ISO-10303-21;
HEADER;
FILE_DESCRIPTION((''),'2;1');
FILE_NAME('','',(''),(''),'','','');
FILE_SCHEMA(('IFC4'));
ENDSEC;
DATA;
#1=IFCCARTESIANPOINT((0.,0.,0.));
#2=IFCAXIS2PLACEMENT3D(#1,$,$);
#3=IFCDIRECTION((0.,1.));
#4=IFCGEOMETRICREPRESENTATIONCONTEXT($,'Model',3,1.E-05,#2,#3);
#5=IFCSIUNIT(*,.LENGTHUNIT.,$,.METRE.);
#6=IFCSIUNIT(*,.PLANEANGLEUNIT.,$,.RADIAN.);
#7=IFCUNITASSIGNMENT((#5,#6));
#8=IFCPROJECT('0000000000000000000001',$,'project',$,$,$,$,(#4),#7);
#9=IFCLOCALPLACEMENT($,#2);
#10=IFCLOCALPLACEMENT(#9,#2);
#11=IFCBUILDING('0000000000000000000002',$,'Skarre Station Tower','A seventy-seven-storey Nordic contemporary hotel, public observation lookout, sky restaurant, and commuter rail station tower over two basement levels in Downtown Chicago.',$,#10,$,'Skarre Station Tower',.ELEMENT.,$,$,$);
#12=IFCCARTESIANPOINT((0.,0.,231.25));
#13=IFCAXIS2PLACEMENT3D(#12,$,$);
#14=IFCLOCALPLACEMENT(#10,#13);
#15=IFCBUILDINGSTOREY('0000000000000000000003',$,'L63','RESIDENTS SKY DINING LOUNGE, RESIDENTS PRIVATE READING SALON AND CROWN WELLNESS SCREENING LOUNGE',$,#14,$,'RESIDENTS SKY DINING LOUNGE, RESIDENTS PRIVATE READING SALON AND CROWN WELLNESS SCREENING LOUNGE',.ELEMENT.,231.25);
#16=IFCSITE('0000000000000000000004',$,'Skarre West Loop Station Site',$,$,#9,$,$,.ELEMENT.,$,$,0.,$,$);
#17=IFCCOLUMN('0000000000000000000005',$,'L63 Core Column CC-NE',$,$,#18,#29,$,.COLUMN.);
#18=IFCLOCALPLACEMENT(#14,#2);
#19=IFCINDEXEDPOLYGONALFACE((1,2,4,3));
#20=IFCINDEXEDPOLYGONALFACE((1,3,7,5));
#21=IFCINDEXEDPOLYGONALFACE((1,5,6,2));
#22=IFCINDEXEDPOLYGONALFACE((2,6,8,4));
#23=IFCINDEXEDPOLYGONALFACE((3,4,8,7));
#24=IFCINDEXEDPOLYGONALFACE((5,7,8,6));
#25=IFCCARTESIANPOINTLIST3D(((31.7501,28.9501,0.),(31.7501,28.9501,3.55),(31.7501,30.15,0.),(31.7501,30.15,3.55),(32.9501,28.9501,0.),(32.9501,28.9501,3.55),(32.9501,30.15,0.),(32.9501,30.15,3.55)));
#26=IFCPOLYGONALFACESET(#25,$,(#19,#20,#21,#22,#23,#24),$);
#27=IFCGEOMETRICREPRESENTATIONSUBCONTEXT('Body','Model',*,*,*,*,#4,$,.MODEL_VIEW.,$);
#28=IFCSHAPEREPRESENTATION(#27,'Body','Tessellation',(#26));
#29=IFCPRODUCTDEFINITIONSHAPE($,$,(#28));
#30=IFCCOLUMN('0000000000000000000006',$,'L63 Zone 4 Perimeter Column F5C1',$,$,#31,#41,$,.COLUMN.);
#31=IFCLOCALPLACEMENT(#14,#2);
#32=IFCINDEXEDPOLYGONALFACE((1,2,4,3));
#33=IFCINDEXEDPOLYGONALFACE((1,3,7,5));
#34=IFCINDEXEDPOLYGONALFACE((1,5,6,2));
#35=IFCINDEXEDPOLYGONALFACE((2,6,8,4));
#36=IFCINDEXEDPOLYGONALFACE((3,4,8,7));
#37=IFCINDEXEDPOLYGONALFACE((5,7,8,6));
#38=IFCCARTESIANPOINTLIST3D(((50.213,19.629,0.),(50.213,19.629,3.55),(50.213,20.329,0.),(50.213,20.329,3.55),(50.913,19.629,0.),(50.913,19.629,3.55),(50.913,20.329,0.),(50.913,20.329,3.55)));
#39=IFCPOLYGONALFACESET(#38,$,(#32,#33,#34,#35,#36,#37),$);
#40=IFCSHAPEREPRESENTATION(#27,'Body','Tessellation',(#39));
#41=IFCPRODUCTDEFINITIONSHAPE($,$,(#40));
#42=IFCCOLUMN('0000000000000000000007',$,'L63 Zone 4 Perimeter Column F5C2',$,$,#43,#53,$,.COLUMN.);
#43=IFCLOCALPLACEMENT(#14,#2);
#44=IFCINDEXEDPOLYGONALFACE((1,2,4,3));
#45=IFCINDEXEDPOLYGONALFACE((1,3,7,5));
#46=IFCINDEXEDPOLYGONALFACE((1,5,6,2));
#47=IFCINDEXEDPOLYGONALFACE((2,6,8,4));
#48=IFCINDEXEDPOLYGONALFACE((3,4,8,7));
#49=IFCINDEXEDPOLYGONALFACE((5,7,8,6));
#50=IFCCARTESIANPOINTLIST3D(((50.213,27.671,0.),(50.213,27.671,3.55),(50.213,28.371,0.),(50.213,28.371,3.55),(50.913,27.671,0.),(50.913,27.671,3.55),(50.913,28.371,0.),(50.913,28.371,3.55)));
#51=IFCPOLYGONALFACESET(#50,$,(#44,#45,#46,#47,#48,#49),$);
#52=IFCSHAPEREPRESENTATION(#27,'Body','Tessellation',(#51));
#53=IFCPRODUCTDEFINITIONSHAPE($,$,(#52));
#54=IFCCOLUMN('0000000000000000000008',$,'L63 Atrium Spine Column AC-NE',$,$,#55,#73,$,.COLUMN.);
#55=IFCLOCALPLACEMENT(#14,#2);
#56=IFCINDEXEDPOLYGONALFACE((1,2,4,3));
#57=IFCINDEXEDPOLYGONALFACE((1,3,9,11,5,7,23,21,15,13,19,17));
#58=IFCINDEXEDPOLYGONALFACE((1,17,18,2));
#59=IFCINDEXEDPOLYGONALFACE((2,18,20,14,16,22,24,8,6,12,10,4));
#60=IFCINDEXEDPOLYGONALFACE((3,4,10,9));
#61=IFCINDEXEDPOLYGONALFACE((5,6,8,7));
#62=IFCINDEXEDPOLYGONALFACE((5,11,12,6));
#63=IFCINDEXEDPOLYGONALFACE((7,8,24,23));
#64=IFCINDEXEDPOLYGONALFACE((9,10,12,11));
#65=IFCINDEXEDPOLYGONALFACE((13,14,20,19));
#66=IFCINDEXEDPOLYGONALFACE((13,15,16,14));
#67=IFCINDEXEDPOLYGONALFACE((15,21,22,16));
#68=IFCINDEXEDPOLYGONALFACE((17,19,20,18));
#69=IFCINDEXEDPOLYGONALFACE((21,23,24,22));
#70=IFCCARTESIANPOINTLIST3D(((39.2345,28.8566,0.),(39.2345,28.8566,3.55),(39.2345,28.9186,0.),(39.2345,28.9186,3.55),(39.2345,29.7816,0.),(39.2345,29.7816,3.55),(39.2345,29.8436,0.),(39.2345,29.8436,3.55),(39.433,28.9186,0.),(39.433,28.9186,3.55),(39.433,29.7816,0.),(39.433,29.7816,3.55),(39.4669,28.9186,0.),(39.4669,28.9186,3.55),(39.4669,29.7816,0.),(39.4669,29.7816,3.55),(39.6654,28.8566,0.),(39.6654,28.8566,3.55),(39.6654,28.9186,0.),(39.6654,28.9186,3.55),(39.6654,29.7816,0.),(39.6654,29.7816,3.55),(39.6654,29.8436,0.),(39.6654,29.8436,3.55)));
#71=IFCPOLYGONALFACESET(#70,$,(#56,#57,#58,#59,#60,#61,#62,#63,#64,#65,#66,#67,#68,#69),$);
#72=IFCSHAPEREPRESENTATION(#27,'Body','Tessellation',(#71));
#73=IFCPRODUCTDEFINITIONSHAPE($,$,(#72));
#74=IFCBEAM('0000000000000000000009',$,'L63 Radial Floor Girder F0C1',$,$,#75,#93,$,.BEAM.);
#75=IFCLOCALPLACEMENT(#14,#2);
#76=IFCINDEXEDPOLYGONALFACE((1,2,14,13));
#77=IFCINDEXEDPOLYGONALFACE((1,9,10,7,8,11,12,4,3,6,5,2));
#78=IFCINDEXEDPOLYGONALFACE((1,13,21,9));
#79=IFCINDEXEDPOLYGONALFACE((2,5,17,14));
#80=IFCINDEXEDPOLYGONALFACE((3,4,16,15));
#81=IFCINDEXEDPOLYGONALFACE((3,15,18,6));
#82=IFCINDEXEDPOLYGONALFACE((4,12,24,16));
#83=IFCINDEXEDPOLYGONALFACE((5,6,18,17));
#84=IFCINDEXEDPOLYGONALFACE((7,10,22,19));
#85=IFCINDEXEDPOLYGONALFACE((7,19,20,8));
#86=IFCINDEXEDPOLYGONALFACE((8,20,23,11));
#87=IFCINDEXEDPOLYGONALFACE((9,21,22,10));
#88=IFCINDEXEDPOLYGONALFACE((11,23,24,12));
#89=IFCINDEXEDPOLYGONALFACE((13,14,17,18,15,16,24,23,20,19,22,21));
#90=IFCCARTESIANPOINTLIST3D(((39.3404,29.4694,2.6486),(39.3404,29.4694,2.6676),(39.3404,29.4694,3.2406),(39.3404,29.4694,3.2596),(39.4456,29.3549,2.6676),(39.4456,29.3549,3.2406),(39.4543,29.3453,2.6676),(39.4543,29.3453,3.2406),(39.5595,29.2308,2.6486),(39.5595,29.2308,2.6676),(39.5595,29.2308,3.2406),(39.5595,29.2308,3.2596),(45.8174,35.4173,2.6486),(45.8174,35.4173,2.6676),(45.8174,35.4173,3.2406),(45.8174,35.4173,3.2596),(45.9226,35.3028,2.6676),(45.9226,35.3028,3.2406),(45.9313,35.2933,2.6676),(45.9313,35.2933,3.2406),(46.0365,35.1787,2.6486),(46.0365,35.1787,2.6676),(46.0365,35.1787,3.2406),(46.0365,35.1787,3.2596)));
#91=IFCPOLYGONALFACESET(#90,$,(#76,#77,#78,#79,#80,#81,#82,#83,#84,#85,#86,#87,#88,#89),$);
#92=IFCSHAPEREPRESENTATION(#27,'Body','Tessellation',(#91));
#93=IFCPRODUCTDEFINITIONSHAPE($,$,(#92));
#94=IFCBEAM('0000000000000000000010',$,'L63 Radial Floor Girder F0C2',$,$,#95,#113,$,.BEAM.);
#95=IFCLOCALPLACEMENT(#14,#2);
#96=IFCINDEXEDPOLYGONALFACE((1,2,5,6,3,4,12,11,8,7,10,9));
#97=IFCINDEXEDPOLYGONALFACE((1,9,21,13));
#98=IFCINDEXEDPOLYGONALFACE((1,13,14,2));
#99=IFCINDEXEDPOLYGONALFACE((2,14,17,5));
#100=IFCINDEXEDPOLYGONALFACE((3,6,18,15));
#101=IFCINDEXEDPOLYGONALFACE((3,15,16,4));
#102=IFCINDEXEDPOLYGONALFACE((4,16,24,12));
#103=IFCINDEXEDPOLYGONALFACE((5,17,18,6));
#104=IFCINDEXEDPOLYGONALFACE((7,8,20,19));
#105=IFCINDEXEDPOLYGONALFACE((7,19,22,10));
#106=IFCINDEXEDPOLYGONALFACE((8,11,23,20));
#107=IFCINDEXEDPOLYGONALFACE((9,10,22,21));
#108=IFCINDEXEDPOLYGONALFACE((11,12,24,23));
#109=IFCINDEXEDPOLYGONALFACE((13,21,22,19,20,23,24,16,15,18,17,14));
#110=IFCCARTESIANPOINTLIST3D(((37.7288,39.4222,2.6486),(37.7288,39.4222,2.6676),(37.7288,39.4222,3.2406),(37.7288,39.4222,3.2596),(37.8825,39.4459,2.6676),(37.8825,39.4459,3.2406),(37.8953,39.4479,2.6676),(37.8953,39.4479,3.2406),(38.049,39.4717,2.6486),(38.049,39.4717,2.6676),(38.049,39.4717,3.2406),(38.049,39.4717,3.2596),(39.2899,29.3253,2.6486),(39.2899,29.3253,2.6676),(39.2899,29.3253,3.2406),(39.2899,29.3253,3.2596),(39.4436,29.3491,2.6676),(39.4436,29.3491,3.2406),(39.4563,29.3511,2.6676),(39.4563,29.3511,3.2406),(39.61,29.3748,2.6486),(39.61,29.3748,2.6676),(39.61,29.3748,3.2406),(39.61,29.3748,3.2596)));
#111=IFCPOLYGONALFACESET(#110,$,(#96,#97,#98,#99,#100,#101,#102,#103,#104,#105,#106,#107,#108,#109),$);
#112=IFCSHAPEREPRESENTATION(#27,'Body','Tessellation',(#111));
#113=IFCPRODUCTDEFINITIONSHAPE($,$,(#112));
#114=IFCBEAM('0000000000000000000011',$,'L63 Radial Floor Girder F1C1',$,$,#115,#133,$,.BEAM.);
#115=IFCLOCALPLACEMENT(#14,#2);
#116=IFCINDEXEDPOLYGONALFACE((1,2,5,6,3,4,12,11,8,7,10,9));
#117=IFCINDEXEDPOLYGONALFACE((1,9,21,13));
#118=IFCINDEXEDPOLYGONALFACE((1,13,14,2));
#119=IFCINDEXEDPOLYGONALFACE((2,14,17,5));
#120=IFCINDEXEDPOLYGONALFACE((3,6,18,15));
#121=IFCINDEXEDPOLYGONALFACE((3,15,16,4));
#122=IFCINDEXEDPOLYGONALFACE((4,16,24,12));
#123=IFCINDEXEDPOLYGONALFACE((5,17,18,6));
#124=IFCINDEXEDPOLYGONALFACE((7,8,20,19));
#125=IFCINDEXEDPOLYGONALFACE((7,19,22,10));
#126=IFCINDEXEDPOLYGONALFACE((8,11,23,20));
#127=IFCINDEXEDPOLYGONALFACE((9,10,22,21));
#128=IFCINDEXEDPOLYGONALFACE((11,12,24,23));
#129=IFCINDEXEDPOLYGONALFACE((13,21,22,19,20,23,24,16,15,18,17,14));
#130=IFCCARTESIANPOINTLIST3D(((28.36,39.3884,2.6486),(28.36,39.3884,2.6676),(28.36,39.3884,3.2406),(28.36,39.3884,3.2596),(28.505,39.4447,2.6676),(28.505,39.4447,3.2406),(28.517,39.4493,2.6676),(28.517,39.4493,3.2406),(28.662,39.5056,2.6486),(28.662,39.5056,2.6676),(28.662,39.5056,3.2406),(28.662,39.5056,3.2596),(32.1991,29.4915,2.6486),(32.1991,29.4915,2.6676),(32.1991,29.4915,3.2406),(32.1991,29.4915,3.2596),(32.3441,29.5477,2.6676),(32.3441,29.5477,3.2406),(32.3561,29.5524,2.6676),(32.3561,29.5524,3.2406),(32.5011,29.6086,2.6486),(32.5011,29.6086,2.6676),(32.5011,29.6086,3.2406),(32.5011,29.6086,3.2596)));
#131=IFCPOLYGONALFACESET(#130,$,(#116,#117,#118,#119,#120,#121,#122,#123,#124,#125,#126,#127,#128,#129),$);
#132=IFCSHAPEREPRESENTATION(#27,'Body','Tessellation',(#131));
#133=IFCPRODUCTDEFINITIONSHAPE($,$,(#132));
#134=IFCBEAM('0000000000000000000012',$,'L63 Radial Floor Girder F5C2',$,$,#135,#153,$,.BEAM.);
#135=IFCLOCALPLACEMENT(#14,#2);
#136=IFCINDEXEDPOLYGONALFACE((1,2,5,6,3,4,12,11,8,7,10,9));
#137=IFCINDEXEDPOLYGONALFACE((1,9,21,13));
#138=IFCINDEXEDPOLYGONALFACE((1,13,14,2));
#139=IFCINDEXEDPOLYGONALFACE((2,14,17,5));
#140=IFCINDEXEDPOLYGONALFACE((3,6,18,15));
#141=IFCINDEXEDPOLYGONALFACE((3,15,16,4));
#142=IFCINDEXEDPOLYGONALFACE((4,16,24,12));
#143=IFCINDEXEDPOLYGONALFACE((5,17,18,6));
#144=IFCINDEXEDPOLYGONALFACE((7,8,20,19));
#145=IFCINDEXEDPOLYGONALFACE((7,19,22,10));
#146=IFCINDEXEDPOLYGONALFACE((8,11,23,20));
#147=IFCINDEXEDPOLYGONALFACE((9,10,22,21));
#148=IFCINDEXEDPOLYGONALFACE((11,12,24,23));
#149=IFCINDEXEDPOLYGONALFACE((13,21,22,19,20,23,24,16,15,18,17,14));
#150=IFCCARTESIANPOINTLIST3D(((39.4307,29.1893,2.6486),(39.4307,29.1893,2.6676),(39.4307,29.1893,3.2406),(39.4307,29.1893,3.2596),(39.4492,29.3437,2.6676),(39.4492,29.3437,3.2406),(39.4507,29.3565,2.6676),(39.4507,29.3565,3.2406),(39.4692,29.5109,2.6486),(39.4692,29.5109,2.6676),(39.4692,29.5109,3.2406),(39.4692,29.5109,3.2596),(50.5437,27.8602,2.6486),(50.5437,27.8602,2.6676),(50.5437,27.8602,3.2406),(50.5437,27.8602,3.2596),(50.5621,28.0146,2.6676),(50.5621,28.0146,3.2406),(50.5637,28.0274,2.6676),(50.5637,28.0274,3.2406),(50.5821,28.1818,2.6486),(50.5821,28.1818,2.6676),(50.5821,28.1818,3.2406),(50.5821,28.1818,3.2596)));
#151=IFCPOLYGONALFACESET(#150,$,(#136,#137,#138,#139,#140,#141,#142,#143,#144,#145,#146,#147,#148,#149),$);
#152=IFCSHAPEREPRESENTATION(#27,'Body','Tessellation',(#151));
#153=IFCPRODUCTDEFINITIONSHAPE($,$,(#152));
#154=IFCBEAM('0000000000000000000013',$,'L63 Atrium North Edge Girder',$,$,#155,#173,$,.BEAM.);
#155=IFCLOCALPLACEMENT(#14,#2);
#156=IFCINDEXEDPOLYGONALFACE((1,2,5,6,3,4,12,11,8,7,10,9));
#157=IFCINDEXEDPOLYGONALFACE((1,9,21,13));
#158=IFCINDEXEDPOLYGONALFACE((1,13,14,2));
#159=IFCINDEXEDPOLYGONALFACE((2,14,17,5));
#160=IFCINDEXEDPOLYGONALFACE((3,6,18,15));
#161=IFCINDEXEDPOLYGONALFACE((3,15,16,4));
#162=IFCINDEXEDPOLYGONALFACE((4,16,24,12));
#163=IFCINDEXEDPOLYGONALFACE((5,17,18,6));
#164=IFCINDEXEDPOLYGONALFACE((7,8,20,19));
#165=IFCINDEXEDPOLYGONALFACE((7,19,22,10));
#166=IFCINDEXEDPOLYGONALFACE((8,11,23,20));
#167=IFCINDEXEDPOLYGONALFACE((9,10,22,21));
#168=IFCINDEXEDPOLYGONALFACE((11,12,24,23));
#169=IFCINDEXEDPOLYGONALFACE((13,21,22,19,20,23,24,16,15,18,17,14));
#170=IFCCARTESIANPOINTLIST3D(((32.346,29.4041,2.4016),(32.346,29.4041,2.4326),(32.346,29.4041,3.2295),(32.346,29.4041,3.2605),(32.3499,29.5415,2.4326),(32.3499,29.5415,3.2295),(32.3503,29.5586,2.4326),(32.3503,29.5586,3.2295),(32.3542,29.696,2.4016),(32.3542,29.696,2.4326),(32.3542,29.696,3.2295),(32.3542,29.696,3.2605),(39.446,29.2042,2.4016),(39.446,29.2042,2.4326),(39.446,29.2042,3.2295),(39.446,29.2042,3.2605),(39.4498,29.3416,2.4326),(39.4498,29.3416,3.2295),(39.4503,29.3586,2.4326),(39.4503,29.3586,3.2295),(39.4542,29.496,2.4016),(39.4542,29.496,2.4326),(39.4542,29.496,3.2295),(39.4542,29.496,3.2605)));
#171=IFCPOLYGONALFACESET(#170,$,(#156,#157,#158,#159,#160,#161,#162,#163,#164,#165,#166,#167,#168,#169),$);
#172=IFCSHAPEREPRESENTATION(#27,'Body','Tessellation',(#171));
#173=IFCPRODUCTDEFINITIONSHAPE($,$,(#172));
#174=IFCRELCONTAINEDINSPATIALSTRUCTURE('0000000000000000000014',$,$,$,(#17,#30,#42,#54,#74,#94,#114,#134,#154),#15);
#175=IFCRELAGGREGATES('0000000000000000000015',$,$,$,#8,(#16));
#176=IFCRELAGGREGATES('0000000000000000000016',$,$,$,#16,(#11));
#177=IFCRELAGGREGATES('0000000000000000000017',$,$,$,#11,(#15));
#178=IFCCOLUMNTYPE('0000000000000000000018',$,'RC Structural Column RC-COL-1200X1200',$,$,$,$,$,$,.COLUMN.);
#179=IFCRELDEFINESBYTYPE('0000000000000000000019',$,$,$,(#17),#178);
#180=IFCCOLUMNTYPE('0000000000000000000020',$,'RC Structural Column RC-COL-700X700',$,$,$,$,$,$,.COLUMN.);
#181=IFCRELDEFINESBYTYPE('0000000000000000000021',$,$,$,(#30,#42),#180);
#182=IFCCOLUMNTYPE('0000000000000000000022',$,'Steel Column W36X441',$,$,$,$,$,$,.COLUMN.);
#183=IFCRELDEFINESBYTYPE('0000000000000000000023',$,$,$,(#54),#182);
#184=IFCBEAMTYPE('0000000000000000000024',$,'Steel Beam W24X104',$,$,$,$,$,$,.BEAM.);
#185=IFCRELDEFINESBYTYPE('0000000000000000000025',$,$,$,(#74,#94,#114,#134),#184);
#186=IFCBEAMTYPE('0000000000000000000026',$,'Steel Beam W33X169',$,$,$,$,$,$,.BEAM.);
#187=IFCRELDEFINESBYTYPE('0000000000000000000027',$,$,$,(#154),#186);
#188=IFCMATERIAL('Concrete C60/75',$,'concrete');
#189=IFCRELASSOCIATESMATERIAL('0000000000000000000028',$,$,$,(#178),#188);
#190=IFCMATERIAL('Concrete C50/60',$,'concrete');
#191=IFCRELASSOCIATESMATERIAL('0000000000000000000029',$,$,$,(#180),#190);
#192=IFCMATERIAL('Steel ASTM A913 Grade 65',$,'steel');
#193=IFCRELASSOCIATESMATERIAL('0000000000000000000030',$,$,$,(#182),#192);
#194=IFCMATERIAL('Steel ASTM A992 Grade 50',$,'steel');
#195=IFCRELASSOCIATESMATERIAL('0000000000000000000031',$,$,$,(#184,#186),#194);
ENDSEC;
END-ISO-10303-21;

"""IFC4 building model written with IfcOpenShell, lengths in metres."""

from ifc_helpers import new_model, si_unit, direction, frame, origin, origin_2d, place, context, subcontext, project, spatial, rectangle, i_section, extrude, material, material_profile, profile_set, type_object, element, save


model = new_model("IFC4")

# Units and contexts
model_context = context("Model", 3, precision=1e-05, world=origin(), true_north=direction((0.0, 1.0)))
body_context = subcontext(model_context, "Body", "Model", "MODEL_VIEW")
ifc_project = project(units=[si_unit("LENGTHUNIT", "METRE"), si_unit("PLANEANGLEUNIT", "RADIAN")], contexts=[model_context])

# Site, building, storey
site_placement = place(None, origin())
site = spatial("IfcSite", under=ifc_project, at=site_placement, Name="Skarre West Loop Station Site", CompositionType="ELEMENT", RefElevation=0.0)
building_placement = place(site_placement, origin())
building = spatial("IfcBuilding", under=site, at=building_placement, Name="Skarre Station Tower", Description="A seventy-seven-storey Nordic contemporary hotel, public observation lookout, sky restaurant, and commuter rail station tower over two basement levels in Downtown Chicago.", LongName="Skarre Station Tower", CompositionType="ELEMENT")
storey_placement = place(building_placement, frame((0.0, 0.0, 231.25)))
storey = spatial("IfcBuildingStorey", under=building, at=storey_placement, Name="L63", Description="RESIDENTS SKY DINING LOUNGE, RESIDENTS PRIVATE READING SALON AND CROWN WELLNESS SCREENING LOUNGE", LongName="RESIDENTS SKY DINING LOUNGE, RESIDENTS PRIVATE READING SALON AND CROWN WELLNESS SCREENING LOUNGE", CompositionType="ELEMENT", Elevation=231.25)

# Columns
ifc_material_1 = material(Name="Concrete C60/75", Category="concrete")
ifc_material_profile_1 = material_profile(ifc_material_1, rectangle(XDim=1.2, YDim=1.2, at=origin_2d()), Name="Concrete C60/75")
ifc_profile_set_1 = profile_set([ifc_material_profile_1], Name="Concrete C60/75")
column_type_1 = type_object("IfcColumnType", Name="RC Structural Column RC-COL-1200X1200", PredefinedType="COLUMN", material=ifc_profile_set_1)
column_1_placement = place(storey_placement, frame((32.3501, 29.55, 0.0), z_axis=(0.0, 0.0, 1.0), x_axis=(1.0, 0.0, 0.0)))
element("IfcColumn", 1, at=column_1_placement, inside=storey, type_object=column_type_1, Name="L63 Core Column CC-NE", PredefinedType="COLUMN", context=body_context, shape_type="SweptSolid", body=[
    extrude(rectangle(XDim=1.2, YDim=1.2, at=origin_2d()), origin(), (0.0, 0.0, 1.0), 3.55),
])
ifc_material_2 = material(Name="Concrete C50/60", Category="concrete")
ifc_material_profile_2 = material_profile(ifc_material_2, rectangle(XDim=0.7, YDim=0.7, at=origin_2d()), Name="Concrete C50/60")
ifc_profile_set_2 = profile_set([ifc_material_profile_2], Name="Concrete C50/60")
column_type_2 = type_object("IfcColumnType", Name="RC Structural Column RC-COL-700X700", PredefinedType="COLUMN", material=ifc_profile_set_2)
for number, where, z_axis, x_axis, name in (
    (2, (50.563, 19.979, 0.0), (0.0, 0.0, 1.0), (1.0, 0.0, 0.0), "L63 Zone 4 Perimeter Column F5C1"),
    (3, (50.563, 28.021, 0.0), (0.0, 0.0, 1.0), (1.0, 0.0, 0.0), "L63 Zone 4 Perimeter Column F5C2"),
):
    element("IfcColumn", number, at=place(storey_placement, frame(where, z_axis=z_axis, x_axis=x_axis)), inside=storey, type_object=column_type_2, Name=name, PredefinedType="COLUMN", context=body_context, shape_type="SweptSolid", body=[
        extrude(rectangle(XDim=0.7, YDim=0.7, at=origin_2d()), origin(), (0.0, 0.0, 1.0), 3.55),
    ])
ifc_material_3 = material(Name="Steel ASTM A913 Grade 65", Category="steel")
ifc_material_profile_3 = material_profile(ifc_material_3, i_section(OverallWidth=0.4309, OverallDepth=0.9871, WebThickness=0.0339, FlangeThickness=0.062, at=origin_2d()), Name="Steel ASTM A913 Grade 65")
ifc_profile_set_3 = profile_set([ifc_material_profile_3], Name="Steel ASTM A913 Grade 65")
column_type_3 = type_object("IfcColumnType", Name="Steel Column W36X441", PredefinedType="COLUMN", material=ifc_profile_set_3)
column_2_placement = place(storey_placement, frame((39.45, 29.3501, 0.0), z_axis=(0.0, 0.0, 1.0), x_axis=(1.0, 0.0, 0.0)))
element("IfcColumn", 4, at=column_2_placement, inside=storey, type_object=column_type_3, Name="L63 Atrium Spine Column AC-NE", PredefinedType="COLUMN", context=body_context, shape_type="SweptSolid", body=[
    extrude(i_section(OverallWidth=0.4309, OverallDepth=0.9871, WebThickness=0.0339, FlangeThickness=0.062, at=origin_2d()), origin(), (0.0, 0.0, 1.0), 3.55),
])

# Beams
ifc_material_4 = material(Name="Steel ASTM A992 Grade 50", Category="steel")
ifc_material_profile_4 = material_profile(ifc_material_4, i_section(OverallWidth=0.324, OverallDepth=0.6111, WebThickness=0.0129, FlangeThickness=0.019, at=origin_2d()), Name="Steel ASTM A992 Grade 50")
ifc_profile_set_4 = profile_set([ifc_material_profile_4], Name="Steel ASTM A992 Grade 50")
beam_type_1 = type_object("IfcBeamType", Name="Steel Beam W24X104", PredefinedType="BEAM", material=ifc_profile_set_4)
beam_1_placement = place(storey_placement, frame((39.45, 29.3501, 2.9541), z_axis=(0.736548, 0.676386, 0.0), x_axis=(-0.676386, 0.736548, 0.0)))
element("IfcBeam", 5, at=beam_1_placement, inside=storey, type_object=beam_type_1, Name="L63 Radial Floor Girder F0C1", PredefinedType="BEAM", context=body_context, shape_type="SweptSolid", body=[
    extrude(i_section(OverallWidth=0.324, OverallDepth=0.6111, WebThickness=0.0129, FlangeThickness=0.019, at=origin_2d()), origin(), (0.0, 0.0, 1.0), 8.7937),
])
beam_2_placement = place(storey_placement, frame((39.45, 29.3501, 2.9541), z_axis=(-0.15279, 0.988259, 0.0), x_axis=(-0.988259, -0.15279, 0.0)))
element("IfcBeam", 6, at=beam_2_placement, inside=storey, type_object=beam_type_1, Name="L63 Radial Floor Girder F0C2", PredefinedType="BEAM", context=body_context, shape_type="SweptSolid", body=[
    extrude(i_section(OverallWidth=0.324, OverallDepth=0.6111, WebThickness=0.0129, FlangeThickness=0.019, at=origin_2d()), origin(), (0.0, 0.0, 1.0), 10.2168),
])
beam_3_placement = place(storey_placement, frame((32.3501, 29.55, 2.9541), z_axis=(-0.361651, 0.932313, 0.0), x_axis=(-0.932313, -0.361651, 0.0)))
element("IfcBeam", 7, at=beam_3_placement, inside=storey, type_object=beam_type_1, Name="L63 Radial Floor Girder F1C1", PredefinedType="BEAM", context=body_context, shape_type="SweptSolid", body=[
    extrude(i_section(OverallWidth=0.324, OverallDepth=0.6111, WebThickness=0.0129, FlangeThickness=0.019, at=origin_2d()), origin(), (0.0, 0.0, 1.0), 10.6155),
])
beam_4_placement = place(storey_placement, frame((39.45, 29.3501, 2.9541), z_axis=(0.992924, -0.118752, 0.0), x_axis=(0.118752, 0.992924, 0.0)))
element("IfcBeam", 8, at=beam_4_placement, inside=storey, type_object=beam_type_1, Name="L63 Radial Floor Girder F5C2", PredefinedType="BEAM", context=body_context, shape_type="SweptSolid", body=[
    extrude(i_section(OverallWidth=0.324, OverallDepth=0.6111, WebThickness=0.0129, FlangeThickness=0.019, at=origin_2d()), origin(), (0.0, 0.0, 1.0), 11.1921),
])
ifc_material_profile_5 = material_profile(ifc_material_4, i_section(OverallWidth=0.292, OverallDepth=0.8589, WebThickness=0.0171, FlangeThickness=0.031, at=origin_2d()), Name="Steel ASTM A992 Grade 50")
ifc_profile_set_5 = profile_set([ifc_material_profile_5], Name="Steel ASTM A992 Grade 50")
beam_type_2 = type_object("IfcBeamType", Name="Steel Beam W33X169", PredefinedType="BEAM", material=ifc_profile_set_5)
beam_5_placement = place(storey_placement, frame((32.3501, 29.55, 2.8311), z_axis=(0.999604, -0.028152, 0.0), x_axis=(0.028152, 0.999604, 0.0)))
element("IfcBeam", 9, at=beam_5_placement, inside=storey, type_object=beam_type_2, Name="L63 Atrium North Edge Girder", PredefinedType="BEAM", context=body_context, shape_type="SweptSolid", body=[
    extrude(i_section(OverallWidth=0.292, OverallDepth=0.8589, WebThickness=0.0171, FlangeThickness=0.031, at=origin_2d()), origin(), (0.0, 0.0, 1.0), 7.1028),
])

save(model, "model.ifc")
